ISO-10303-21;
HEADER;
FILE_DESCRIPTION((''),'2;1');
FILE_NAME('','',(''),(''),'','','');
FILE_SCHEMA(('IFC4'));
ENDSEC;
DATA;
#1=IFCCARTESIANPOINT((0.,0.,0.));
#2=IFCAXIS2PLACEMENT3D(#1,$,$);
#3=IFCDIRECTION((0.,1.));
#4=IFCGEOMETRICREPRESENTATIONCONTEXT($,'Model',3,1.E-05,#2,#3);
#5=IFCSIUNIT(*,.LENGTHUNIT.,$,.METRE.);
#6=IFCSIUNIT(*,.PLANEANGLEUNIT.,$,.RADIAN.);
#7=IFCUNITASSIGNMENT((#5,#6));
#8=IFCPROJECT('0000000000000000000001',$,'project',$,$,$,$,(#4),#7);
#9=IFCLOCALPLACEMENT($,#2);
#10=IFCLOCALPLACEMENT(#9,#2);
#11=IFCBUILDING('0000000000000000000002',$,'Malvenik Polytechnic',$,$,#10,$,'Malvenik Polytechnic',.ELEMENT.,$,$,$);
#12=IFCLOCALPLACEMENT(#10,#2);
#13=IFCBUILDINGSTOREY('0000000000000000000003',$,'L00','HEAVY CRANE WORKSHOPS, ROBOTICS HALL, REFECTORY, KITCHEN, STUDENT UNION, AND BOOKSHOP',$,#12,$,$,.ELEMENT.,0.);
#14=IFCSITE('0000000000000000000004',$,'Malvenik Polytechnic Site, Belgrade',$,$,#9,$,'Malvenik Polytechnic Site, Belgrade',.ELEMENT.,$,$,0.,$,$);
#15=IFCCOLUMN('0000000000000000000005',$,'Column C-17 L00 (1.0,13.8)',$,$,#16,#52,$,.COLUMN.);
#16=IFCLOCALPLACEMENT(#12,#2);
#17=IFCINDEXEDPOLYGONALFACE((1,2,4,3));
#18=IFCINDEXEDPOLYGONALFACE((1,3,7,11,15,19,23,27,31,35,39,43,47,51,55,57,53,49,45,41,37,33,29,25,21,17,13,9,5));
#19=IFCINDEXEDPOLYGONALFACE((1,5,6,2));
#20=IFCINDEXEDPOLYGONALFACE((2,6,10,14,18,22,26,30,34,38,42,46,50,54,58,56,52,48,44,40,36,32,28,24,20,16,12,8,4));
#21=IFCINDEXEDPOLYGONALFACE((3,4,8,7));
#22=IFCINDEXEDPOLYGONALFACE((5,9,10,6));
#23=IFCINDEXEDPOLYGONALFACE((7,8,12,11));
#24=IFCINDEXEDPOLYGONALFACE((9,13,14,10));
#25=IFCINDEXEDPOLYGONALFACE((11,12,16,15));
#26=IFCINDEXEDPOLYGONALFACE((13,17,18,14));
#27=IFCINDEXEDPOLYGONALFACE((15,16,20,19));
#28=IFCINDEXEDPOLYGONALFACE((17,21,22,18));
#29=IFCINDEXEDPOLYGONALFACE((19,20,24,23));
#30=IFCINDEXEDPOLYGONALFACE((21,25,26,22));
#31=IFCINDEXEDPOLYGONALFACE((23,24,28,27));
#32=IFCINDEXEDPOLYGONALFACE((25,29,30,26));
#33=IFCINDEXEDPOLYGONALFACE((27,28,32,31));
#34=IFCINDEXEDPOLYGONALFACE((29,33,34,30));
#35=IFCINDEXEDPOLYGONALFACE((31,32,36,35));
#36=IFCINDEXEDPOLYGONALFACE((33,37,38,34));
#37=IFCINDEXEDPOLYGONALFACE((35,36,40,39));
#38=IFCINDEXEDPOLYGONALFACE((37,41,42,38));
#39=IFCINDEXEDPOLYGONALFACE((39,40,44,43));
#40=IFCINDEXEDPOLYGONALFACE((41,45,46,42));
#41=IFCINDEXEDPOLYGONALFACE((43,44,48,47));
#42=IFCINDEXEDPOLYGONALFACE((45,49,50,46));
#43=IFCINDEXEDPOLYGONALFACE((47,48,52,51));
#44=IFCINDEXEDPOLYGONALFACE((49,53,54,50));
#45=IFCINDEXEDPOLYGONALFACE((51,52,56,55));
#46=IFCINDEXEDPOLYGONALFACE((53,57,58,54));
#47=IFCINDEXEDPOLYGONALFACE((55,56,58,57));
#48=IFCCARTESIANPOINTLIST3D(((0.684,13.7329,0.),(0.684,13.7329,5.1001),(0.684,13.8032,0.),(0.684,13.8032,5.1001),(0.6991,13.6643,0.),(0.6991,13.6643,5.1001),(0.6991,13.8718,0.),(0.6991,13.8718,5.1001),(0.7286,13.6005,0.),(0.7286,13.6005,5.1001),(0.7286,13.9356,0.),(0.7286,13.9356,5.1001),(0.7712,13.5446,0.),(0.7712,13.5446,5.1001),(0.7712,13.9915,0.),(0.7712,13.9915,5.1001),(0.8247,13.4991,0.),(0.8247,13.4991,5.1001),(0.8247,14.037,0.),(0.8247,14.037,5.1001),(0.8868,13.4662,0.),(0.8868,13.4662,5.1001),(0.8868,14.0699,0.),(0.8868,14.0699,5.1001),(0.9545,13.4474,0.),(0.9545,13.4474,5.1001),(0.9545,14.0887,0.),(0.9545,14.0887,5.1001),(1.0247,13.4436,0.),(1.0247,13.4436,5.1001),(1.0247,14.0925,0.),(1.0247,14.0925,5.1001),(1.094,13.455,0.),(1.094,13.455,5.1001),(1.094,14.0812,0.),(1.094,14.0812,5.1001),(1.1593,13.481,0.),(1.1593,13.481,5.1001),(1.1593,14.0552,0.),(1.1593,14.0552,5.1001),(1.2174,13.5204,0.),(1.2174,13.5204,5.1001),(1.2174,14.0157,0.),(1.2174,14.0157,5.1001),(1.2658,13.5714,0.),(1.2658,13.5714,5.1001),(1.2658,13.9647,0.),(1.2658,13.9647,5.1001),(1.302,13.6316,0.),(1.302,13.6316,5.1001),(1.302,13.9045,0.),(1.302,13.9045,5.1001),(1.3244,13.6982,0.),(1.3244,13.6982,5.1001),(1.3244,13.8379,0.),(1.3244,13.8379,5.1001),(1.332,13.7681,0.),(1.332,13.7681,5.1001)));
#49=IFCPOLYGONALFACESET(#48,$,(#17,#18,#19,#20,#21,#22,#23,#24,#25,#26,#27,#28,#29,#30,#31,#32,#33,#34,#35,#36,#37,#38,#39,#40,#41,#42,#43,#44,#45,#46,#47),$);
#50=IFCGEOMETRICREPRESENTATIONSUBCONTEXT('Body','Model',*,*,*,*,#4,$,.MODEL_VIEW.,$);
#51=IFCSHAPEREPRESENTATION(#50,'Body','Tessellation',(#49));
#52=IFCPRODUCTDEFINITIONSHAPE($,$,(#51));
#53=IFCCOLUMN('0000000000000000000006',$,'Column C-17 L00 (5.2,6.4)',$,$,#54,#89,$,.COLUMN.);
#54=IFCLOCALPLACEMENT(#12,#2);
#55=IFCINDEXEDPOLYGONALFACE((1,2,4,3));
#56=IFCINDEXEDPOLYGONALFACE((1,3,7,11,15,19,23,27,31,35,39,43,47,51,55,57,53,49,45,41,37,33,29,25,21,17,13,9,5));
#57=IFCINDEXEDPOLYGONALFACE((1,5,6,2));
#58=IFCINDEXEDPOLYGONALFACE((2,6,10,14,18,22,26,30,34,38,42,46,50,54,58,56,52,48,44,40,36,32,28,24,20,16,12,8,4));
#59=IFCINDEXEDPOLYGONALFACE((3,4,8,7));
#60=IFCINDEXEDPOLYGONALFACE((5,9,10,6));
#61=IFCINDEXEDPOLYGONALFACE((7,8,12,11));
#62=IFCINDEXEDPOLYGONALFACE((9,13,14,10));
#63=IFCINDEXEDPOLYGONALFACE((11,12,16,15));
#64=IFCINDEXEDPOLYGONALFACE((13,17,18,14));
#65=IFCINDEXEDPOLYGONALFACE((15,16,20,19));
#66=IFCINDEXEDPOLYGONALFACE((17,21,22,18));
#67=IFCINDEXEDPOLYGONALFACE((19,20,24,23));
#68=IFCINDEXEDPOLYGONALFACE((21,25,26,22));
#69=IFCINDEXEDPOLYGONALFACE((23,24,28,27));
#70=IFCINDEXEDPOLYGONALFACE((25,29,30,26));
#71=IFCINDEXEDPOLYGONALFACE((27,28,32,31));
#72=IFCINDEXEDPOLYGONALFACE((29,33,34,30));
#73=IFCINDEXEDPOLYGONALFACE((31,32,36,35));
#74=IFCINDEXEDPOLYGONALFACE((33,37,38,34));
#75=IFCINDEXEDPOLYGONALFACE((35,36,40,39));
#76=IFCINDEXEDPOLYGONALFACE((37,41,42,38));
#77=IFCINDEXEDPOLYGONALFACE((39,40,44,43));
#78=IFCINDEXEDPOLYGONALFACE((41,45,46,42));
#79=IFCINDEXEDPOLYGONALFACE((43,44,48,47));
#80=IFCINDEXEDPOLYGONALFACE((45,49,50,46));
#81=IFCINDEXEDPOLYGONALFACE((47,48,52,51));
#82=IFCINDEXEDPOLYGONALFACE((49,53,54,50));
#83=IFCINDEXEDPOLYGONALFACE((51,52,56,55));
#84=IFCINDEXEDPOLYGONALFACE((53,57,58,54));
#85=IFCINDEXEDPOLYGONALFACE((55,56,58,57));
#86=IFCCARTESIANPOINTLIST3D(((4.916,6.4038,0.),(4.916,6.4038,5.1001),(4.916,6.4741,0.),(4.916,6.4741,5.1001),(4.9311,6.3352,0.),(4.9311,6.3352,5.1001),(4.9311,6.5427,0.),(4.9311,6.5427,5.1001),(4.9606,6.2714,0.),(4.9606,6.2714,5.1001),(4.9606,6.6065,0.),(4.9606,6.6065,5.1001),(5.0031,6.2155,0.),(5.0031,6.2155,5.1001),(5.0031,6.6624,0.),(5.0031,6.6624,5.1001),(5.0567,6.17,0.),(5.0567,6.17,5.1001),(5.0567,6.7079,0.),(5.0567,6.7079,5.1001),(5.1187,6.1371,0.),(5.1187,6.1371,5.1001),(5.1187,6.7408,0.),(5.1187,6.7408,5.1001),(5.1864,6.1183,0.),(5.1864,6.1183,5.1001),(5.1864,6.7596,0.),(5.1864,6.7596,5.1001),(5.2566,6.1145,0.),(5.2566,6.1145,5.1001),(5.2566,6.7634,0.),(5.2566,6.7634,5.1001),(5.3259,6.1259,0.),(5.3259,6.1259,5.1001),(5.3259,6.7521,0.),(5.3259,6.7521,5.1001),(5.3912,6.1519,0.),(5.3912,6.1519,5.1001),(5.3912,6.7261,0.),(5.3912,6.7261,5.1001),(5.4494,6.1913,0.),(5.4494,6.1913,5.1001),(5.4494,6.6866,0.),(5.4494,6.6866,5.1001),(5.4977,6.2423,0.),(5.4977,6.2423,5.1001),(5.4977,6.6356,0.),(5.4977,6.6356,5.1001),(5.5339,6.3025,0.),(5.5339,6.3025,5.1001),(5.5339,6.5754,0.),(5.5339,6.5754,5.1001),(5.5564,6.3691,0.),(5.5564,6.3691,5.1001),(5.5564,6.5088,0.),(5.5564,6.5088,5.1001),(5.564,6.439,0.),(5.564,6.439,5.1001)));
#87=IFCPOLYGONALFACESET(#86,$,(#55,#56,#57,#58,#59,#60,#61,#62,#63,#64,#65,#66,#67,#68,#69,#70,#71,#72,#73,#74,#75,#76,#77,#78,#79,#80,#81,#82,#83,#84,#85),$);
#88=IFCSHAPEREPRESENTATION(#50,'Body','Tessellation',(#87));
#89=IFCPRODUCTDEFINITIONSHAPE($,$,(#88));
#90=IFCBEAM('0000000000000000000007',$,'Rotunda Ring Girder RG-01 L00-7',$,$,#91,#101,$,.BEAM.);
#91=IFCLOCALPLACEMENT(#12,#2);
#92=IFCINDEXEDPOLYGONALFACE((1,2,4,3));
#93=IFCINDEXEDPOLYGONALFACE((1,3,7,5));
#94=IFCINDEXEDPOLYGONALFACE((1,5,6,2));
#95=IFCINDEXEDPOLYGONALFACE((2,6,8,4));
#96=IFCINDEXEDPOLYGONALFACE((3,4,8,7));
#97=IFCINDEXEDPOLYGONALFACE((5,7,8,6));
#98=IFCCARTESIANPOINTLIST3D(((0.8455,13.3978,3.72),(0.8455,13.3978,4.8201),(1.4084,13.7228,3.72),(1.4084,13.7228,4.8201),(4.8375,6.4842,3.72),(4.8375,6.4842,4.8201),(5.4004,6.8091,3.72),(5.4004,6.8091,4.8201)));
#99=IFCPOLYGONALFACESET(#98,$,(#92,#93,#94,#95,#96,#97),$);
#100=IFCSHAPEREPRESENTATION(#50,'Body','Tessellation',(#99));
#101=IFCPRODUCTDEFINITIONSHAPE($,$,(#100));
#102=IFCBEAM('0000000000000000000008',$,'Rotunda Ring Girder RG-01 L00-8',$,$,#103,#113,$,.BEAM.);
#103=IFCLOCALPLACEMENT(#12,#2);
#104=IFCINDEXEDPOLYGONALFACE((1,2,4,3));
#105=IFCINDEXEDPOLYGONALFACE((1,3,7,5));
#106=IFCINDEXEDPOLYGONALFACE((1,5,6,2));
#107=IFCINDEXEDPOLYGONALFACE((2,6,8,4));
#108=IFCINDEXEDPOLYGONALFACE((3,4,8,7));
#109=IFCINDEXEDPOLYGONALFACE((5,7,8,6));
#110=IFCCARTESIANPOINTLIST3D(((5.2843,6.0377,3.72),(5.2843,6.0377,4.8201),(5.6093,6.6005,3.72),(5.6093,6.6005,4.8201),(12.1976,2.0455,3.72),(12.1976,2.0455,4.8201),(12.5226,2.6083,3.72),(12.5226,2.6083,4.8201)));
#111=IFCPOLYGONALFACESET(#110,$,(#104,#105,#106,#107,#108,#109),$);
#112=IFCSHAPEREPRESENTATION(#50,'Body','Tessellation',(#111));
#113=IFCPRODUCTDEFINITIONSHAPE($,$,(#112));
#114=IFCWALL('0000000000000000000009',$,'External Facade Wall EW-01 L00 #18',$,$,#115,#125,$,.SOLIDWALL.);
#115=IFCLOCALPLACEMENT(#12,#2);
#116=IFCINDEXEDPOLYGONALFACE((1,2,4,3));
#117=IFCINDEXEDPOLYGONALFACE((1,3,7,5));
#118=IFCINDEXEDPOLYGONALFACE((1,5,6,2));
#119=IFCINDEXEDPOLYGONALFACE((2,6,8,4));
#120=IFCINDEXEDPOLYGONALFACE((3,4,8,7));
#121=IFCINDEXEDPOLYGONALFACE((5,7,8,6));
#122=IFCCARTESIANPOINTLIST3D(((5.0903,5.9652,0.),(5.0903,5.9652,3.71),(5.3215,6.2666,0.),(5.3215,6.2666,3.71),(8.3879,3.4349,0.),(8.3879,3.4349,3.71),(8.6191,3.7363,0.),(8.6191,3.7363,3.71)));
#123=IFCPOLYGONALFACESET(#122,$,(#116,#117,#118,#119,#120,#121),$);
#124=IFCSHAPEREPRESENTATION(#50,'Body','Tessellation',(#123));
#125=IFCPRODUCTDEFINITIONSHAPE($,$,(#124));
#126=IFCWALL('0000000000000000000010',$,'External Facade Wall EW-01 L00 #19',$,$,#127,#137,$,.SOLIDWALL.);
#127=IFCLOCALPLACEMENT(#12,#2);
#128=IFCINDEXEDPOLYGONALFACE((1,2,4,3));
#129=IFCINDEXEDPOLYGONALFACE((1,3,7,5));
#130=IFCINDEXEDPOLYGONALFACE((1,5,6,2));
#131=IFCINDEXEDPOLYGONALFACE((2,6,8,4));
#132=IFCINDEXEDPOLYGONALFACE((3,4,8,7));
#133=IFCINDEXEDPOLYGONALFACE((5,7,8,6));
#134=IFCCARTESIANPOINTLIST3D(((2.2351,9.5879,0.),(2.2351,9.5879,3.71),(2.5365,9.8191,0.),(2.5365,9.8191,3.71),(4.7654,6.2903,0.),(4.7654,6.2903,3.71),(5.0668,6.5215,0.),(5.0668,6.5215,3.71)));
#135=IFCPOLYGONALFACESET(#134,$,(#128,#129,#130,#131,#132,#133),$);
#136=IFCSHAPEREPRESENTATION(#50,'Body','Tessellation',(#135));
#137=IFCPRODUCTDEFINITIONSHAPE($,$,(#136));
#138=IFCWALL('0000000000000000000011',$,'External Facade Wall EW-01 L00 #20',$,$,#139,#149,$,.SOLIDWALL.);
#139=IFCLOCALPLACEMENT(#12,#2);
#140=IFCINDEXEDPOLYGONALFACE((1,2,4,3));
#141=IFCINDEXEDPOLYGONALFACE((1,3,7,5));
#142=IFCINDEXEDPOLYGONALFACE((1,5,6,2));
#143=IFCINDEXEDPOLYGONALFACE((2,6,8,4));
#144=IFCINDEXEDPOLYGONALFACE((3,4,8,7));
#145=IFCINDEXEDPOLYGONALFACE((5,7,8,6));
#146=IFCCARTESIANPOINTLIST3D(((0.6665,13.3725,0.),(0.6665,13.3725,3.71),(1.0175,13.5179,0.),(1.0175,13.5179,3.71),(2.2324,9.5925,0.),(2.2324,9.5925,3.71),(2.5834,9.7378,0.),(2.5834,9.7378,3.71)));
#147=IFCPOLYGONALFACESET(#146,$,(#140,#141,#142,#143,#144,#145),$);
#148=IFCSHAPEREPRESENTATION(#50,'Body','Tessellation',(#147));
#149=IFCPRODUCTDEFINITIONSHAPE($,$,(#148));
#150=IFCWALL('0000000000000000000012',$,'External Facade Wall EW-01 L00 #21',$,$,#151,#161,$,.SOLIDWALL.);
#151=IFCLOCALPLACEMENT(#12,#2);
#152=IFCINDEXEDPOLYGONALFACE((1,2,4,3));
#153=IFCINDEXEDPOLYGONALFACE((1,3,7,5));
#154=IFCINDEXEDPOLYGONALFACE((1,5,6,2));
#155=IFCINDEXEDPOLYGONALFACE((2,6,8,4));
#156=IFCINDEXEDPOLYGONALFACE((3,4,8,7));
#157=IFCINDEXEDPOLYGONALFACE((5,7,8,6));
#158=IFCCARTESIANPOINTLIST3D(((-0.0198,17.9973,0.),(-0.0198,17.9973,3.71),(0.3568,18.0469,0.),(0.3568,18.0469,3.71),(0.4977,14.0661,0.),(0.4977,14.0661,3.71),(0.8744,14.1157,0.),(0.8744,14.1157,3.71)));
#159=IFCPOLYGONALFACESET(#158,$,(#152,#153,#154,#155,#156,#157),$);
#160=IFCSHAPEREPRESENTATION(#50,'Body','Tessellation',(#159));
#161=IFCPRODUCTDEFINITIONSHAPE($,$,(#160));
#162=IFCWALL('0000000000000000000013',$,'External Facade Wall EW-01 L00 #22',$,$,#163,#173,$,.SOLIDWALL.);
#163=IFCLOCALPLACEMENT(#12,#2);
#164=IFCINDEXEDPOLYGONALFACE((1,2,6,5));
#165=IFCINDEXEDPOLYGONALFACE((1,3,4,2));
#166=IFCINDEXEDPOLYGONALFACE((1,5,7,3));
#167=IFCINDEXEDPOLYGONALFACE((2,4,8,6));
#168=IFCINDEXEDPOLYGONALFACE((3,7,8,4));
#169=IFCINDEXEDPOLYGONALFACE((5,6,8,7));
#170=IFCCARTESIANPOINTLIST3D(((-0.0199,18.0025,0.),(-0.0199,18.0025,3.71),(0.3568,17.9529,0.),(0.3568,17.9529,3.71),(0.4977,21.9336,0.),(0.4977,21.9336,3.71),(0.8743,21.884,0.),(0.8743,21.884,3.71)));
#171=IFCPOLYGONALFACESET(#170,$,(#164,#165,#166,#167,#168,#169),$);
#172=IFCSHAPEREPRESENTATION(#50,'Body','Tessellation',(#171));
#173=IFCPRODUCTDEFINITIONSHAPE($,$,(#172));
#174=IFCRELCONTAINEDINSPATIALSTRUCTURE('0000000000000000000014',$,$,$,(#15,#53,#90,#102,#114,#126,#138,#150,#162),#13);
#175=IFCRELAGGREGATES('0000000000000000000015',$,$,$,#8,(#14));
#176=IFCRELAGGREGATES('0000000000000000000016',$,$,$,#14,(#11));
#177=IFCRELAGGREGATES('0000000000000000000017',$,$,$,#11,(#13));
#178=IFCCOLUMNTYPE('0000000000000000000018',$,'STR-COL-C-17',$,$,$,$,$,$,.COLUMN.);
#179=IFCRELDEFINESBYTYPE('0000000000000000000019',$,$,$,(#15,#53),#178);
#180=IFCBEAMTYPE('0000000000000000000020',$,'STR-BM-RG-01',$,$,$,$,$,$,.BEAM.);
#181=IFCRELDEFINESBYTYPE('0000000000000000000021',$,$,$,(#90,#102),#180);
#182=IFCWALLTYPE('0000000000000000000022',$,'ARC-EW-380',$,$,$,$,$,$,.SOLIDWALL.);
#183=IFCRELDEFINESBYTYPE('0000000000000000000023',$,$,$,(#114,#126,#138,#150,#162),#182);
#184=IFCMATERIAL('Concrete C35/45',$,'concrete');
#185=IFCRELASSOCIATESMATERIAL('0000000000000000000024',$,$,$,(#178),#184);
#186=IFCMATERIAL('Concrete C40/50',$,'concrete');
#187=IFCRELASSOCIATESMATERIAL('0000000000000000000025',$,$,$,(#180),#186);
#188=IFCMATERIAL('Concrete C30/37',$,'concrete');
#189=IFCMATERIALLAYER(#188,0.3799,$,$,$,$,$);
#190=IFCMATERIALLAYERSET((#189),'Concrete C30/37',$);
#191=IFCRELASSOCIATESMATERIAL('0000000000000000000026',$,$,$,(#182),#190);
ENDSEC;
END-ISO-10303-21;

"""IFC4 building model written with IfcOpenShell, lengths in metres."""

from ifc_helpers import new_model, si_unit, direction, frame, frame_2d, origin, origin_2d, place, context, subcontext, project, spatial, rectangle, circle, extrude, material, layer, layer_set, material_profile, profile_set, type_object, element, save


model = new_model("IFC4")

# Units and contexts
model_context = context("Model", 3, precision=1e-05, world=origin(), true_north=direction((0.0, 1.0)))
body_context = subcontext(model_context, "Body", "Model", "MODEL_VIEW")
ifc_project = project(units=[si_unit("LENGTHUNIT", "METRE"), si_unit("PLANEANGLEUNIT", "RADIAN")], contexts=[model_context])

# Site, building, storey
site_placement = place(None, origin())
site = spatial("IfcSite", under=ifc_project, at=site_placement, Name="Malvenik Polytechnic Site, Belgrade", LongName="Malvenik Polytechnic Site, Belgrade", CompositionType="ELEMENT", RefElevation=0.0)
building_placement = place(site_placement, origin())
building = spatial("IfcBuilding", under=site, at=building_placement, Name="Malvenik Polytechnic", LongName="Malvenik Polytechnic", CompositionType="ELEMENT")
storey_placement = place(building_placement, origin())
storey = spatial("IfcBuildingStorey", under=building, at=storey_placement, Name="L00", Description="HEAVY CRANE WORKSHOPS, ROBOTICS HALL, REFECTORY, KITCHEN, STUDENT UNION, AND BOOKSHOP", CompositionType="ELEMENT", Elevation=0.0)

# Columns
ifc_material_1 = material(Name="Concrete C35/45", Category="concrete")
ifc_material_profile_1 = material_profile(ifc_material_1, circle(Radius=0.325, at=origin_2d()), Name="RC COL D650")
ifc_profile_set_1 = profile_set([ifc_material_profile_1], Name="Concrete C35/45")
column_type = type_object("IfcColumnType", Name="STR-COL-C-17", PredefinedType="COLUMN", material=ifc_profile_set_1)
for number, where, z_axis, x_axis, name in (
    (1, (1.0071, 13.7681, 0.0), (0.0, 0.0, 1.0), (1.0, 0.0, 0.0), "Column C-17 L00 (1.0,13.8)"),
    (2, (5.239, 6.439, 0.0), (0.0, 0.0, 1.0), (1.0, 0.0, 0.0), "Column C-17 L00 (5.2,6.4)"),
):
    element("IfcColumn", number, at=place(storey_placement, frame(where, z_axis=z_axis, x_axis=x_axis)), inside=storey, type_object=column_type, Name=name, PredefinedType="COLUMN", context=body_context, shape_type="SweptSolid", body=[
        extrude(circle(Radius=0.325, at=origin_2d()), origin(), (0.0, 0.0, 1.0), 5.1001),
    ])

# Beams
ifc_material_2 = material(Name="Concrete C40/50", Category="concrete")
ifc_material_profile_2 = material_profile(ifc_material_2, rectangle(XDim=0.6499, YDim=1.1001, at=origin_2d()), Name="RC RG 650x1100")
ifc_profile_set_2 = profile_set([ifc_material_profile_2], Name="Concrete C40/50")
beam_type = type_object("IfcBeamType", Name="STR-BM-RG-01", PredefinedType="BEAM", material=ifc_profile_set_2)
beam_1_placement = place(storey_placement, frame((1.127, 13.5603, 4.27), z_axis=(0.500037, -0.866004, 0.0), x_axis=(0.866004, 0.500037, 0.0)))
element("IfcBeam", 3, at=beam_1_placement, inside=storey, type_object=beam_type, Name="Rotunda Ring Girder RG-01 L00-7", PredefinedType="BEAM", context=body_context, shape_type="SweptSolid", body=[
    extrude(rectangle(XDim=0.6499, YDim=1.1001, at=origin_2d()), origin(), (0.0, 0.0, 1.0), 7.9834),
])
beam_2_placement = place(storey_placement, frame((5.4468, 6.3191, 4.27), z_axis=(0.865983, -0.500073, 0.0), x_axis=(0.500073, 0.865983, 0.0)))
element("IfcBeam", 4, at=beam_2_placement, inside=storey, type_object=beam_type, Name="Rotunda Ring Girder RG-01 L00-8", PredefinedType="BEAM", context=body_context, shape_type="SweptSolid", body=[
    extrude(rectangle(XDim=0.6499, YDim=1.1001, at=origin_2d()), origin(), (0.0, 0.0, 1.0), 7.9832),
])

# Walls
ifc_material_3 = material(Name="Concrete C30/37", Category="concrete")
ifc_layer_1 = layer(ifc_material_3, 0.3799)
ifc_layer_set_1 = layer_set([ifc_layer_1], Name="Concrete C30/37")
wall_type = type_object("IfcWallType", Name="ARC-EW-380", PredefinedType="SOLIDWALL", material=ifc_layer_set_1)
for number, where, z_axis, x_axis, name in (
    (5, (8.5034, 3.5857, 0.0), (0.0, 0.0, 1.0), (-0.793361, 0.608751, 0.0), "External Facade Wall EW-01 L00 #18"),
    (6, (4.916, 6.406, 0.0), (0.0, 0.0, 1.0), (-0.608751, 0.793361, 0.0), "External Facade Wall EW-01 L00 #19"),
):
    element("IfcWall", number, at=place(storey_placement, frame(where, z_axis=z_axis, x_axis=x_axis)), inside=storey, type_object=wall_type, Name=name, PredefinedType="SOLIDWALL", context=body_context, shape_type="SweptSolid", body=[
        extrude(rectangle(XDim=4.1565, YDim=0.3799, at=frame_2d((2.0781, 0.0))), origin(), (0.0, 0.0, 1.0), 3.71),
    ])
wall_placement = place(storey_placement, frame((2.408, 9.665, 0.0), z_axis=(0.0, 0.0, 1.0), x_axis=(-0.382721, 0.923864, 0.0)))
element("IfcWall", 7, at=wall_placement, inside=storey, type_object=wall_type, Name="External Facade Wall EW-01 L00 #20", PredefinedType="SOLIDWALL", context=body_context, shape_type="SweptSolid", body=[
    extrude(rectangle(XDim=4.0916, YDim=0.3799, at=frame_2d((2.0459, 0.0))), origin(), (0.0, 0.0, 1.0), 3.71),
])
for number, where, z_axis, x_axis, name in (
    (8, (0.686, 14.0911, 0.0), (0.0, 0.0, 1.0), (-0.130534, 0.991444, 0.0), "External Facade Wall EW-01 L00 #21"),
    (9, (0.1685, 17.9778, 0.0), (0.0, 0.0, 1.0), (0.130534, 0.991444, 0.0), "External Facade Wall EW-01 L00 #22"),
):
    element("IfcWall", number, at=place(storey_placement, frame(where, z_axis=z_axis, x_axis=x_axis)), inside=storey, type_object=wall_type, Name=name, PredefinedType="SOLIDWALL", context=body_context, shape_type="SweptSolid", body=[
        extrude(rectangle(XDim=3.9651, YDim=0.3799, at=frame_2d((1.9824, 0.0))), origin(), (0.0, 0.0, 1.0), 3.71),
    ])

save(model, "model.ifc")
